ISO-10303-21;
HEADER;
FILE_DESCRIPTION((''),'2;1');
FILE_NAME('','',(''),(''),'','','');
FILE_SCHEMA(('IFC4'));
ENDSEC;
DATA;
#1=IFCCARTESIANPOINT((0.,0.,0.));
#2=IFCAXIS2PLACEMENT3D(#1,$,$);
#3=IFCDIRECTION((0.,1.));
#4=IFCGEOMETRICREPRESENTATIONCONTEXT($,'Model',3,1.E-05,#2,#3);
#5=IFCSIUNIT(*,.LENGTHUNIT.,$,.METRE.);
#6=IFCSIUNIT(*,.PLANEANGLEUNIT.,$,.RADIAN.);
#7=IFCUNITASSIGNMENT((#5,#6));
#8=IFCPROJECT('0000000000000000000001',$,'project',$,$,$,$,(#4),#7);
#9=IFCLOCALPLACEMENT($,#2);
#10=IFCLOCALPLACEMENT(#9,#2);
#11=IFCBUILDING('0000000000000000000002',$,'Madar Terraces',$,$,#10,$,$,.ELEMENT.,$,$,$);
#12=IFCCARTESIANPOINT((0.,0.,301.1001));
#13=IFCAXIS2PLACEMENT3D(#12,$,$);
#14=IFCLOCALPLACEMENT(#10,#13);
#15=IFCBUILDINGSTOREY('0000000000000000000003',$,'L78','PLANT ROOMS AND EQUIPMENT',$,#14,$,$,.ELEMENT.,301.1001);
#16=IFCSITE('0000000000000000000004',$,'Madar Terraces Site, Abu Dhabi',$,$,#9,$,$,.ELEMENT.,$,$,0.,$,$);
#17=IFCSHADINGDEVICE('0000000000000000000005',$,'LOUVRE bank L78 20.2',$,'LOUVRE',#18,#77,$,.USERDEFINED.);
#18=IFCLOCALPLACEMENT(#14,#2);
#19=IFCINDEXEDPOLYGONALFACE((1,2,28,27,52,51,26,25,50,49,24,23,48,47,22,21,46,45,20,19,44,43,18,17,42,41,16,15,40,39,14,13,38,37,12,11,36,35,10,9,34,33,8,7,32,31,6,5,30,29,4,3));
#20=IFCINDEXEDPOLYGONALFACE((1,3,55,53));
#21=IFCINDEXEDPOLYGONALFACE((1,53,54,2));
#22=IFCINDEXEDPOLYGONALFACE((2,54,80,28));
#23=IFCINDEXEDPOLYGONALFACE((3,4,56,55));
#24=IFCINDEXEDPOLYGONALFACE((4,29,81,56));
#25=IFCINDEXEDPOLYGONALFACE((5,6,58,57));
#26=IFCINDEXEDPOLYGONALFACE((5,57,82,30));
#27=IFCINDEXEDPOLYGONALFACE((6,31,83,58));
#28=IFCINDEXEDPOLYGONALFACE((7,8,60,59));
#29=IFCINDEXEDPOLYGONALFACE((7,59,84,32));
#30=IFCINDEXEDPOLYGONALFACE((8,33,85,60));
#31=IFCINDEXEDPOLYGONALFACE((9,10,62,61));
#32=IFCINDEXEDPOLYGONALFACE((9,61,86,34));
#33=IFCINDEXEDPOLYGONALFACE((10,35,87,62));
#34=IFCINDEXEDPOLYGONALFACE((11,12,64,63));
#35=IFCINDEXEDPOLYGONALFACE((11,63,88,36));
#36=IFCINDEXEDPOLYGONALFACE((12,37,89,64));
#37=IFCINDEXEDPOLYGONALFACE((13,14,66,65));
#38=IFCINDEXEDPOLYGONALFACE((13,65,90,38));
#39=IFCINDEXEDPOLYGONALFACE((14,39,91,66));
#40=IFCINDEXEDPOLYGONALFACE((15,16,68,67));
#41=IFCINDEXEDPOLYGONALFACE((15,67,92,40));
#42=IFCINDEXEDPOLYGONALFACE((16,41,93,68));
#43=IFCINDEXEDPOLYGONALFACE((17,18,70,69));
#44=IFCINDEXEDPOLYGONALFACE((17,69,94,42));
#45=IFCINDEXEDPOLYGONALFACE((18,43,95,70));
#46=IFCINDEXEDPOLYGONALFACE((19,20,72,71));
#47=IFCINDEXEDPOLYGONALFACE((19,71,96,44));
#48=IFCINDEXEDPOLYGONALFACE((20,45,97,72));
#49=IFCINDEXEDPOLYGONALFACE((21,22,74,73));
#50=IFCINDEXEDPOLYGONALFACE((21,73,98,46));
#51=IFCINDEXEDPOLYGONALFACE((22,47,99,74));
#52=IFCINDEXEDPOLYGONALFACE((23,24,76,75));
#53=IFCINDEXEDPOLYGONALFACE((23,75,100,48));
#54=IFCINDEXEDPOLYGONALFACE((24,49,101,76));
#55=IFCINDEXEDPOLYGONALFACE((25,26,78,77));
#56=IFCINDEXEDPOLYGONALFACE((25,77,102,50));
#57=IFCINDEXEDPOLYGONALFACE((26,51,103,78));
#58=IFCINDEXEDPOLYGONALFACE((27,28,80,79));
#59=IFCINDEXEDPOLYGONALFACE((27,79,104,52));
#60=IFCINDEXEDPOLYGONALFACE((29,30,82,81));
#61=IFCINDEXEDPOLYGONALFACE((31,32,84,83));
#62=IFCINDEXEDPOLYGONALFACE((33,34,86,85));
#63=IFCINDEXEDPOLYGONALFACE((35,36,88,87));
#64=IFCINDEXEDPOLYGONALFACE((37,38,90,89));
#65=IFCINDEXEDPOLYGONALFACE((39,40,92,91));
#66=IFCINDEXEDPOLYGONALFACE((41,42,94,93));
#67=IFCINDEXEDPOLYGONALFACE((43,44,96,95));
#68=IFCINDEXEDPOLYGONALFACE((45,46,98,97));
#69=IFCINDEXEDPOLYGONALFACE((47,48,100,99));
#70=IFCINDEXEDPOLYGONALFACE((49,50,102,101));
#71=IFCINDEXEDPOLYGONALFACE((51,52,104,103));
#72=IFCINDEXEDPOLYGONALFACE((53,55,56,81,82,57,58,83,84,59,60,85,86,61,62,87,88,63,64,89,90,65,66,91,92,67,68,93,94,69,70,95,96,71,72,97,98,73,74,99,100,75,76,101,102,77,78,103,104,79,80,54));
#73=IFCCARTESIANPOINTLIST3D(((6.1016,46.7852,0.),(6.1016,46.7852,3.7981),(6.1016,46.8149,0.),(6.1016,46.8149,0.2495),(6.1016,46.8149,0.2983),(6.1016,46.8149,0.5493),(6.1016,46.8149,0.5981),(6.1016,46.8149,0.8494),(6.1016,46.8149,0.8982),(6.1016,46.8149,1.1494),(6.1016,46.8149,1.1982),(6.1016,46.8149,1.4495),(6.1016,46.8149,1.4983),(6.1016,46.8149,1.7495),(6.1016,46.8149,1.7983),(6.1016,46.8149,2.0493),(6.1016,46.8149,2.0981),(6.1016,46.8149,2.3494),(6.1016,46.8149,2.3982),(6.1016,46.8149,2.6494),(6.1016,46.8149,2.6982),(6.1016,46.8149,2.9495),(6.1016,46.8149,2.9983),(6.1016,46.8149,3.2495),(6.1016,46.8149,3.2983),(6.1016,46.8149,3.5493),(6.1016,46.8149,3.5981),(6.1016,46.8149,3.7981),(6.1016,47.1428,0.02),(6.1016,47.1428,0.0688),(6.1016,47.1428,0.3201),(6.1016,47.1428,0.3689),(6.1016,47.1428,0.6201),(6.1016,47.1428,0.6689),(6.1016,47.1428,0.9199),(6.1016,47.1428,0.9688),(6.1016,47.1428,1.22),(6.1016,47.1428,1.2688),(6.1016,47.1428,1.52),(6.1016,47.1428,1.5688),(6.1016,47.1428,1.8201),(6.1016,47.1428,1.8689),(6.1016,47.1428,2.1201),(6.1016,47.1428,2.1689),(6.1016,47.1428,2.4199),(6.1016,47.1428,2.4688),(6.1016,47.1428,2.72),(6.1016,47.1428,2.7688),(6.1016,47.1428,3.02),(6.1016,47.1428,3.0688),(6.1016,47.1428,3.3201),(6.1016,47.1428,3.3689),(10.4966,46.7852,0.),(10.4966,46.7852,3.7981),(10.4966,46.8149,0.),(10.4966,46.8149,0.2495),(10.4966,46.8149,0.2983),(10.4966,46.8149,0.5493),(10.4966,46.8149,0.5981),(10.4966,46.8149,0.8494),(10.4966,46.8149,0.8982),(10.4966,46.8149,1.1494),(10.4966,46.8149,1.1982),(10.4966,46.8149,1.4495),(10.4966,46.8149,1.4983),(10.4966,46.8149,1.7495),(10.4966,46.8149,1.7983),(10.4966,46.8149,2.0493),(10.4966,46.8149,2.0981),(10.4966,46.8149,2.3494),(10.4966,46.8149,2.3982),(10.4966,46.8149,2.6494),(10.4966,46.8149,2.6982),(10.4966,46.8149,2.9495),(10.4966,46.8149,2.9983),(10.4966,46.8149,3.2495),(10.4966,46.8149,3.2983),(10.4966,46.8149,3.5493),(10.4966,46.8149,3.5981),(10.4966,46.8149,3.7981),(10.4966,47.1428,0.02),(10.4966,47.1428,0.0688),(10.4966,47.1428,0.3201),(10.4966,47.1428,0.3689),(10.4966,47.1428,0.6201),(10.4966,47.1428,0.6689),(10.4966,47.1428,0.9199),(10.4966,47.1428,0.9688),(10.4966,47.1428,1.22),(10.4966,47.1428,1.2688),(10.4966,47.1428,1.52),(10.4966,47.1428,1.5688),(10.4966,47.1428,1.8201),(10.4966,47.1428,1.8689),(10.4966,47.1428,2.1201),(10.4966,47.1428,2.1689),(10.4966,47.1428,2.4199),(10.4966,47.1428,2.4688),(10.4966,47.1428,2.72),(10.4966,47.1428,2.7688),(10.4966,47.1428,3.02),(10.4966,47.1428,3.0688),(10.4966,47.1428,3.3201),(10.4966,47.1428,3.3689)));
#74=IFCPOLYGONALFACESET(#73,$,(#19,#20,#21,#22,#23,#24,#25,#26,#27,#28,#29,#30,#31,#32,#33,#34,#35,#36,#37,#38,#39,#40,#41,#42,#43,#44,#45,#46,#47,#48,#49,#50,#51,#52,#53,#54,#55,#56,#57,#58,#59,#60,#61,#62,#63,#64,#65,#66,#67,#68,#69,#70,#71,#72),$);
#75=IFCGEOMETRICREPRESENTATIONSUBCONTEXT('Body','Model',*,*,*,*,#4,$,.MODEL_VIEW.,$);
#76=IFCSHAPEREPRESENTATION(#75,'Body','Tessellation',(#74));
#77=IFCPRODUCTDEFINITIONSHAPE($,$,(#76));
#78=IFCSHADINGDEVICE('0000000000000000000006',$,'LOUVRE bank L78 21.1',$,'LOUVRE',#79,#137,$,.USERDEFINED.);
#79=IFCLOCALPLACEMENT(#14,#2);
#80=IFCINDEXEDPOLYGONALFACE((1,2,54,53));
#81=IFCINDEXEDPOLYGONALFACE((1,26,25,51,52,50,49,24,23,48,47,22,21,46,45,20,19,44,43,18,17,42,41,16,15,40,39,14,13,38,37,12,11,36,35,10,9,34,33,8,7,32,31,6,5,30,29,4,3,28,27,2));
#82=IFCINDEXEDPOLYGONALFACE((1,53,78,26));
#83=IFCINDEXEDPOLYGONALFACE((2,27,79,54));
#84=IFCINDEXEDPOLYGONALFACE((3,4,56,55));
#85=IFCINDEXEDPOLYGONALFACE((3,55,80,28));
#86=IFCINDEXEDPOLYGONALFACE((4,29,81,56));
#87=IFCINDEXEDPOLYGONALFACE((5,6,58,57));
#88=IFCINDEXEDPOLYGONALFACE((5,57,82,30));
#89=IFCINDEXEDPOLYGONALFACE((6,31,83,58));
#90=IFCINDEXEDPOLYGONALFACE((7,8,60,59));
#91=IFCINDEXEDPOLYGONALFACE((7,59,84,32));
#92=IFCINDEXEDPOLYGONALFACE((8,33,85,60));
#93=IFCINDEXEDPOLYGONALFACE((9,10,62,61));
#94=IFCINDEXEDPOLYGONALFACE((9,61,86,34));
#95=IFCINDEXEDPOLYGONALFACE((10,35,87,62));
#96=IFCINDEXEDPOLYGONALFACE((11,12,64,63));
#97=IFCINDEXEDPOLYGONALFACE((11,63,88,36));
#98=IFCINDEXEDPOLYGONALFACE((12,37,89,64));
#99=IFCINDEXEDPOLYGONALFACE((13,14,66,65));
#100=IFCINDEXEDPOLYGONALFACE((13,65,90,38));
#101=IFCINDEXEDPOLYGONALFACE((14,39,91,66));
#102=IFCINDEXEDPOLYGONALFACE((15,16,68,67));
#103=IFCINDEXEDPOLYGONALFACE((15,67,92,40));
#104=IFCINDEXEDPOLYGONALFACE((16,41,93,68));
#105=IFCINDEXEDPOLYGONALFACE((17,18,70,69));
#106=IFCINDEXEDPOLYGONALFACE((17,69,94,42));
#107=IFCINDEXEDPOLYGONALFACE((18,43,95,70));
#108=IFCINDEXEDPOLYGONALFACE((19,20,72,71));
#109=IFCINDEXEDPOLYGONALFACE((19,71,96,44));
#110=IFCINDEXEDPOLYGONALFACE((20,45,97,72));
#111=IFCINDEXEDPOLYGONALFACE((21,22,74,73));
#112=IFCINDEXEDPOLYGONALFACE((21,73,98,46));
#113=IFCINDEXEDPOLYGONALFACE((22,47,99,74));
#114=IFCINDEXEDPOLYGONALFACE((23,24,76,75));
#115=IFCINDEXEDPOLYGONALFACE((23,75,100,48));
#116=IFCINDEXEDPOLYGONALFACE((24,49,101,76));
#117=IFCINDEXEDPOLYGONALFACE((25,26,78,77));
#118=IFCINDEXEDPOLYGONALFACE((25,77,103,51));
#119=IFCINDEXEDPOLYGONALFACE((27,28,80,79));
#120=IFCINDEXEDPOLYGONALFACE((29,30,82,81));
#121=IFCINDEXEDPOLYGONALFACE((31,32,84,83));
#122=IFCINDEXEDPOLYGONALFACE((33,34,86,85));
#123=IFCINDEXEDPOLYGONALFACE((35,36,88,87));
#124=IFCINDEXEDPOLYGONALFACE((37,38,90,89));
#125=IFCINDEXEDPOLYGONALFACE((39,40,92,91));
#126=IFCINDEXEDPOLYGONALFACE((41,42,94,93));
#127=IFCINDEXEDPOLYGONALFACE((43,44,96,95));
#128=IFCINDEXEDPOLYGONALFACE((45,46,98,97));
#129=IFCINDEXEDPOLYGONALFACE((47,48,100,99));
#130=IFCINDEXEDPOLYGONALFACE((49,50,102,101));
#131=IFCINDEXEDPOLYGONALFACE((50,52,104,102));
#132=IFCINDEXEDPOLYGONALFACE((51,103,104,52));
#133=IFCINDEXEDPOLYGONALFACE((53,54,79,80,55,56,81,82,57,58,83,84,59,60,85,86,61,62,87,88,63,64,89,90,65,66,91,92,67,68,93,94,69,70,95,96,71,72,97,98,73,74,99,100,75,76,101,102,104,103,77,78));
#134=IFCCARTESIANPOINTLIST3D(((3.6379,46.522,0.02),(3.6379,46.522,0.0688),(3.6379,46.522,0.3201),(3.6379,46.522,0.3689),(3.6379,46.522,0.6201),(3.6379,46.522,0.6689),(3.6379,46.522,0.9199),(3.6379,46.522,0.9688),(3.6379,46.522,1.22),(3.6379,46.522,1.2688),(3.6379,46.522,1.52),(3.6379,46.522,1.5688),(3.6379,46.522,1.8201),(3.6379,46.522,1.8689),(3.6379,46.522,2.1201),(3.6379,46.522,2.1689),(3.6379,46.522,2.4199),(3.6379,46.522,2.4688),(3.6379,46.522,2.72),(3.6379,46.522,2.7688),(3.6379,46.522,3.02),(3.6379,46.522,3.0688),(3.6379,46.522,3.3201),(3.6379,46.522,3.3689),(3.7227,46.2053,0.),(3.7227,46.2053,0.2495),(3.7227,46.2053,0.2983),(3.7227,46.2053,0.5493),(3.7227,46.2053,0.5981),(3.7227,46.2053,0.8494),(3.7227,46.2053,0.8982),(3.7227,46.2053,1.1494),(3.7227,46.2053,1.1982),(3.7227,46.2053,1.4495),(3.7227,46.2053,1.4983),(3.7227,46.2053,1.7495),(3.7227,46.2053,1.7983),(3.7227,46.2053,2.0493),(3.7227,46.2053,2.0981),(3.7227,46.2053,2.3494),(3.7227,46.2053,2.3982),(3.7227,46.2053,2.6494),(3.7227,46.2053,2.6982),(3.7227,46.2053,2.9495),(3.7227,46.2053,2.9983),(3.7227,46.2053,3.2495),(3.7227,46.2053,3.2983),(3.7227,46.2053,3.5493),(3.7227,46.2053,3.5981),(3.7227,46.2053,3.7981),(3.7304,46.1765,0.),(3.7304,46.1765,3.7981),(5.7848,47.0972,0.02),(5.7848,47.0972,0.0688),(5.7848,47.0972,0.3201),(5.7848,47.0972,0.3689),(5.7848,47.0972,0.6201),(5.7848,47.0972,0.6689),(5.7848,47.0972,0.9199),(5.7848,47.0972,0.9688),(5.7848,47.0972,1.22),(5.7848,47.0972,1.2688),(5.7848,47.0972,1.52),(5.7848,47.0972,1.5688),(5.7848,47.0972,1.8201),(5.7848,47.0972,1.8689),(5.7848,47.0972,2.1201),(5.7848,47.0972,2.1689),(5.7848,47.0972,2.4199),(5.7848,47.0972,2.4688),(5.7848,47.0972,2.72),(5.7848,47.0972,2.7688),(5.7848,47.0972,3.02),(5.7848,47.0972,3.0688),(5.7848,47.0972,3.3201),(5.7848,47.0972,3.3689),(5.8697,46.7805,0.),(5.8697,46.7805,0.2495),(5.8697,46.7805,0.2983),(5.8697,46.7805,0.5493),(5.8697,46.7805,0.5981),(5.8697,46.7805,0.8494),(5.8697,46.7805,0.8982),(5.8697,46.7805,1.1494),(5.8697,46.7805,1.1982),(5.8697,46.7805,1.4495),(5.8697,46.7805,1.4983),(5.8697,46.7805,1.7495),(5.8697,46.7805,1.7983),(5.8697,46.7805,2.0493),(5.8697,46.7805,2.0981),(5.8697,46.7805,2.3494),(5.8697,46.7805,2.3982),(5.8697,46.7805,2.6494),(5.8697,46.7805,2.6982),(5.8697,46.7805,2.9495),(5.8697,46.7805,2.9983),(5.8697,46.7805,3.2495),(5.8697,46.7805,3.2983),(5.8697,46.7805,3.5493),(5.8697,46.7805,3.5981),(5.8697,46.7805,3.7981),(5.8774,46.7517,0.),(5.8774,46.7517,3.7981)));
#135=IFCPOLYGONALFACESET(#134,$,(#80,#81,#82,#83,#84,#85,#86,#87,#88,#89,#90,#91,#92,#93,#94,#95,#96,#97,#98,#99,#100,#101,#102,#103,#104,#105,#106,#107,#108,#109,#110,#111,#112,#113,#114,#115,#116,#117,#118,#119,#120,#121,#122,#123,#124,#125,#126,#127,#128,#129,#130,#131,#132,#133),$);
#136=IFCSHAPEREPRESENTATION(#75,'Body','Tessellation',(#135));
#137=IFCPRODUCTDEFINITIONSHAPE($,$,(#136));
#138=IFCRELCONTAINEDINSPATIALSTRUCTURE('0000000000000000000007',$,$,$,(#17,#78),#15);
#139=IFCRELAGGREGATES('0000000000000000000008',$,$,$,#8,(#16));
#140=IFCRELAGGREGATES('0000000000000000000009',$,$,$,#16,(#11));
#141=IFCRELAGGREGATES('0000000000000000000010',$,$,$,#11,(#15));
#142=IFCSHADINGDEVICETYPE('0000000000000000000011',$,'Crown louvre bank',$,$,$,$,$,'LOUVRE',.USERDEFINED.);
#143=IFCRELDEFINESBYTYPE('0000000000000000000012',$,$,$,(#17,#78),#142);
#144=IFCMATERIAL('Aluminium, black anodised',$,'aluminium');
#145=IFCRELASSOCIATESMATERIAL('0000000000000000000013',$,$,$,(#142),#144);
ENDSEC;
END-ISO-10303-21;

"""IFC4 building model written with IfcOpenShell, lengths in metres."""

from ifc_helpers import new_model, si_unit, direction, frame, origin, place, context, subcontext, project, spatial, polyline, outline, extrude, material, type_object, element, save


model = new_model("IFC4")

# Units and contexts
model_context = context("Model", 3, precision=1e-05, world=origin(), true_north=direction((0.0, 1.0)))
body_context = subcontext(model_context, "Body", "Model", "MODEL_VIEW")
ifc_project = project(units=[si_unit("LENGTHUNIT", "METRE"), si_unit("PLANEANGLEUNIT", "RADIAN")], contexts=[model_context])

# Site, building, storey
site_placement = place(None, origin())
site = spatial("IfcSite", under=ifc_project, at=site_placement, Name="Madar Terraces Site, Abu Dhabi", CompositionType="ELEMENT", RefElevation=0.0)
building_placement = place(site_placement, origin())
building = spatial("IfcBuilding", under=site, at=building_placement, Name="Madar Terraces", CompositionType="ELEMENT")
storey_placement = place(building_placement, frame((0.0, 0.0, 301.1001)))
storey = spatial("IfcBuildingStorey", under=building, at=storey_placement, Name="L78", Description="PLANT ROOMS AND EQUIPMENT", CompositionType="ELEMENT", Elevation=301.1001)

# Shading devices
ifc_material_1 = material(Name="Aluminium, black anodised", Category="aluminium")
shading_device_type = type_object("IfcShadingDeviceType", Name="Crown louvre bank", ElementType="LOUVRE", PredefinedType="USERDEFINED", material=ifc_material_1)
shading_device_1_placement = place(storey_placement, frame((10.4966, 46.8, 0.0), z_axis=(-1.0, 0.0, 0.0), x_axis=(0.0, -1.0, 0.0)))
element("IfcShadingDevice", 1, at=shading_device_1_placement, inside=storey, type_object=shading_device_type, Name="LOUVRE bank L78 20.2", ObjectType="LOUVRE", PredefinedType="USERDEFINED", context=body_context, shape_type="SweptSolid", body=[
    extrude(outline(polyline([(0.0149, 0.0), (-0.0149, 0.0), (-0.0149, 0.2495), (-0.3428, 0.02), (-0.3428, 0.0688), (-0.0149, 0.2983), (-0.0149, 0.5493), (-0.3428, 0.3201), (-0.3428, 0.3689), (-0.0149, 0.5981), (-0.0149, 0.8494), (-0.3428, 0.6201), (-0.3428, 0.6689), (-0.0149, 0.8982), (-0.0149, 1.1494), (-0.3428, 0.9199), (-0.3428, 0.9688), (-0.0149, 1.1982), (-0.0149, 1.4495), (-0.3428, 1.22), (-0.3428, 1.2688), (-0.0149, 1.4983), (-0.0149, 1.7495), (-0.3428, 1.52), (-0.3428, 1.5688), (-0.0149, 1.7983), (-0.0149, 2.0493), (-0.3428, 1.8201), (-0.3428, 1.8689), (-0.0149, 2.0981), (-0.0149, 2.3494), (-0.3428, 2.1201), (-0.3428, 2.1689), (-0.0149, 2.3982), (-0.0149, 2.6494), (-0.3428, 2.4199), (-0.3428, 2.4688), (-0.0149, 2.6982), (-0.0149, 2.9495), (-0.3428, 2.72), (-0.3428, 2.7688), (-0.0149, 2.9983), (-0.0149, 3.2495), (-0.3428, 3.02), (-0.3428, 3.0688), (-0.0149, 3.2983), (-0.0149, 3.5493), (-0.3428, 3.3201), (-0.3428, 3.3689), (-0.0149, 3.5981), (-0.0149, 3.7981), (0.0149, 3.7981), (0.0149, 0.0)])), origin(), (0.0, 0.0, 1.0), 4.395),
])
shading_device_2_placement = place(storey_placement, frame((5.8735, 46.7661, 0.0), z_axis=(-0.965935, -0.258784, 0.0), x_axis=(0.258784, -0.965935, 0.0)))
element("IfcShadingDevice", 2, at=shading_device_2_placement, inside=storey, type_object=shading_device_type, Name="LOUVRE bank L78 21.1", ObjectType="LOUVRE", PredefinedType="USERDEFINED", context=body_context, shape_type="SweptSolid", body=[
    extrude(outline(polyline([(0.0149, 0.0), (-0.0149, 0.0), (-0.0149, 0.2495), (-0.3428, 0.02), (-0.3428, 0.0688), (-0.0149, 0.2983), (-0.0149, 0.5493), (-0.3428, 0.3201), (-0.3428, 0.3689), (-0.0149, 0.5981), (-0.0149, 0.8494), (-0.3428, 0.6201), (-0.3428, 0.6689), (-0.0149, 0.8982), (-0.0149, 1.1494), (-0.3428, 0.9199), (-0.3428, 0.9688), (-0.0149, 1.1982), (-0.0149, 1.4495), (-0.3428, 1.22), (-0.3428, 1.2688), (-0.0149, 1.4983), (-0.0149, 1.7495), (-0.3428, 1.52), (-0.3428, 1.5688), (-0.0149, 1.7983), (-0.0149, 2.0493), (-0.3428, 1.8201), (-0.3428, 1.8689), (-0.0149, 2.0981), (-0.0149, 2.3494), (-0.3428, 2.1201), (-0.3428, 2.1689), (-0.0149, 2.3982), (-0.0149, 2.6494), (-0.3428, 2.4199), (-0.3428, 2.4688), (-0.0149, 2.6982), (-0.0149, 2.9495), (-0.3428, 2.72), (-0.3428, 2.7688), (-0.0149, 2.9983), (-0.0149, 3.2495), (-0.3428, 3.02), (-0.3428, 3.0688), (-0.0149, 3.2983), (-0.0149, 3.5493), (-0.3428, 3.3201), (-0.3428, 3.3689), (-0.0149, 3.5981), (-0.0149, 3.7981), (0.0149, 3.7981), (0.0149, 0.0)])), origin(), (0.0, 0.0, 1.0), 2.2227),
])

save(model, "model.ifc")
